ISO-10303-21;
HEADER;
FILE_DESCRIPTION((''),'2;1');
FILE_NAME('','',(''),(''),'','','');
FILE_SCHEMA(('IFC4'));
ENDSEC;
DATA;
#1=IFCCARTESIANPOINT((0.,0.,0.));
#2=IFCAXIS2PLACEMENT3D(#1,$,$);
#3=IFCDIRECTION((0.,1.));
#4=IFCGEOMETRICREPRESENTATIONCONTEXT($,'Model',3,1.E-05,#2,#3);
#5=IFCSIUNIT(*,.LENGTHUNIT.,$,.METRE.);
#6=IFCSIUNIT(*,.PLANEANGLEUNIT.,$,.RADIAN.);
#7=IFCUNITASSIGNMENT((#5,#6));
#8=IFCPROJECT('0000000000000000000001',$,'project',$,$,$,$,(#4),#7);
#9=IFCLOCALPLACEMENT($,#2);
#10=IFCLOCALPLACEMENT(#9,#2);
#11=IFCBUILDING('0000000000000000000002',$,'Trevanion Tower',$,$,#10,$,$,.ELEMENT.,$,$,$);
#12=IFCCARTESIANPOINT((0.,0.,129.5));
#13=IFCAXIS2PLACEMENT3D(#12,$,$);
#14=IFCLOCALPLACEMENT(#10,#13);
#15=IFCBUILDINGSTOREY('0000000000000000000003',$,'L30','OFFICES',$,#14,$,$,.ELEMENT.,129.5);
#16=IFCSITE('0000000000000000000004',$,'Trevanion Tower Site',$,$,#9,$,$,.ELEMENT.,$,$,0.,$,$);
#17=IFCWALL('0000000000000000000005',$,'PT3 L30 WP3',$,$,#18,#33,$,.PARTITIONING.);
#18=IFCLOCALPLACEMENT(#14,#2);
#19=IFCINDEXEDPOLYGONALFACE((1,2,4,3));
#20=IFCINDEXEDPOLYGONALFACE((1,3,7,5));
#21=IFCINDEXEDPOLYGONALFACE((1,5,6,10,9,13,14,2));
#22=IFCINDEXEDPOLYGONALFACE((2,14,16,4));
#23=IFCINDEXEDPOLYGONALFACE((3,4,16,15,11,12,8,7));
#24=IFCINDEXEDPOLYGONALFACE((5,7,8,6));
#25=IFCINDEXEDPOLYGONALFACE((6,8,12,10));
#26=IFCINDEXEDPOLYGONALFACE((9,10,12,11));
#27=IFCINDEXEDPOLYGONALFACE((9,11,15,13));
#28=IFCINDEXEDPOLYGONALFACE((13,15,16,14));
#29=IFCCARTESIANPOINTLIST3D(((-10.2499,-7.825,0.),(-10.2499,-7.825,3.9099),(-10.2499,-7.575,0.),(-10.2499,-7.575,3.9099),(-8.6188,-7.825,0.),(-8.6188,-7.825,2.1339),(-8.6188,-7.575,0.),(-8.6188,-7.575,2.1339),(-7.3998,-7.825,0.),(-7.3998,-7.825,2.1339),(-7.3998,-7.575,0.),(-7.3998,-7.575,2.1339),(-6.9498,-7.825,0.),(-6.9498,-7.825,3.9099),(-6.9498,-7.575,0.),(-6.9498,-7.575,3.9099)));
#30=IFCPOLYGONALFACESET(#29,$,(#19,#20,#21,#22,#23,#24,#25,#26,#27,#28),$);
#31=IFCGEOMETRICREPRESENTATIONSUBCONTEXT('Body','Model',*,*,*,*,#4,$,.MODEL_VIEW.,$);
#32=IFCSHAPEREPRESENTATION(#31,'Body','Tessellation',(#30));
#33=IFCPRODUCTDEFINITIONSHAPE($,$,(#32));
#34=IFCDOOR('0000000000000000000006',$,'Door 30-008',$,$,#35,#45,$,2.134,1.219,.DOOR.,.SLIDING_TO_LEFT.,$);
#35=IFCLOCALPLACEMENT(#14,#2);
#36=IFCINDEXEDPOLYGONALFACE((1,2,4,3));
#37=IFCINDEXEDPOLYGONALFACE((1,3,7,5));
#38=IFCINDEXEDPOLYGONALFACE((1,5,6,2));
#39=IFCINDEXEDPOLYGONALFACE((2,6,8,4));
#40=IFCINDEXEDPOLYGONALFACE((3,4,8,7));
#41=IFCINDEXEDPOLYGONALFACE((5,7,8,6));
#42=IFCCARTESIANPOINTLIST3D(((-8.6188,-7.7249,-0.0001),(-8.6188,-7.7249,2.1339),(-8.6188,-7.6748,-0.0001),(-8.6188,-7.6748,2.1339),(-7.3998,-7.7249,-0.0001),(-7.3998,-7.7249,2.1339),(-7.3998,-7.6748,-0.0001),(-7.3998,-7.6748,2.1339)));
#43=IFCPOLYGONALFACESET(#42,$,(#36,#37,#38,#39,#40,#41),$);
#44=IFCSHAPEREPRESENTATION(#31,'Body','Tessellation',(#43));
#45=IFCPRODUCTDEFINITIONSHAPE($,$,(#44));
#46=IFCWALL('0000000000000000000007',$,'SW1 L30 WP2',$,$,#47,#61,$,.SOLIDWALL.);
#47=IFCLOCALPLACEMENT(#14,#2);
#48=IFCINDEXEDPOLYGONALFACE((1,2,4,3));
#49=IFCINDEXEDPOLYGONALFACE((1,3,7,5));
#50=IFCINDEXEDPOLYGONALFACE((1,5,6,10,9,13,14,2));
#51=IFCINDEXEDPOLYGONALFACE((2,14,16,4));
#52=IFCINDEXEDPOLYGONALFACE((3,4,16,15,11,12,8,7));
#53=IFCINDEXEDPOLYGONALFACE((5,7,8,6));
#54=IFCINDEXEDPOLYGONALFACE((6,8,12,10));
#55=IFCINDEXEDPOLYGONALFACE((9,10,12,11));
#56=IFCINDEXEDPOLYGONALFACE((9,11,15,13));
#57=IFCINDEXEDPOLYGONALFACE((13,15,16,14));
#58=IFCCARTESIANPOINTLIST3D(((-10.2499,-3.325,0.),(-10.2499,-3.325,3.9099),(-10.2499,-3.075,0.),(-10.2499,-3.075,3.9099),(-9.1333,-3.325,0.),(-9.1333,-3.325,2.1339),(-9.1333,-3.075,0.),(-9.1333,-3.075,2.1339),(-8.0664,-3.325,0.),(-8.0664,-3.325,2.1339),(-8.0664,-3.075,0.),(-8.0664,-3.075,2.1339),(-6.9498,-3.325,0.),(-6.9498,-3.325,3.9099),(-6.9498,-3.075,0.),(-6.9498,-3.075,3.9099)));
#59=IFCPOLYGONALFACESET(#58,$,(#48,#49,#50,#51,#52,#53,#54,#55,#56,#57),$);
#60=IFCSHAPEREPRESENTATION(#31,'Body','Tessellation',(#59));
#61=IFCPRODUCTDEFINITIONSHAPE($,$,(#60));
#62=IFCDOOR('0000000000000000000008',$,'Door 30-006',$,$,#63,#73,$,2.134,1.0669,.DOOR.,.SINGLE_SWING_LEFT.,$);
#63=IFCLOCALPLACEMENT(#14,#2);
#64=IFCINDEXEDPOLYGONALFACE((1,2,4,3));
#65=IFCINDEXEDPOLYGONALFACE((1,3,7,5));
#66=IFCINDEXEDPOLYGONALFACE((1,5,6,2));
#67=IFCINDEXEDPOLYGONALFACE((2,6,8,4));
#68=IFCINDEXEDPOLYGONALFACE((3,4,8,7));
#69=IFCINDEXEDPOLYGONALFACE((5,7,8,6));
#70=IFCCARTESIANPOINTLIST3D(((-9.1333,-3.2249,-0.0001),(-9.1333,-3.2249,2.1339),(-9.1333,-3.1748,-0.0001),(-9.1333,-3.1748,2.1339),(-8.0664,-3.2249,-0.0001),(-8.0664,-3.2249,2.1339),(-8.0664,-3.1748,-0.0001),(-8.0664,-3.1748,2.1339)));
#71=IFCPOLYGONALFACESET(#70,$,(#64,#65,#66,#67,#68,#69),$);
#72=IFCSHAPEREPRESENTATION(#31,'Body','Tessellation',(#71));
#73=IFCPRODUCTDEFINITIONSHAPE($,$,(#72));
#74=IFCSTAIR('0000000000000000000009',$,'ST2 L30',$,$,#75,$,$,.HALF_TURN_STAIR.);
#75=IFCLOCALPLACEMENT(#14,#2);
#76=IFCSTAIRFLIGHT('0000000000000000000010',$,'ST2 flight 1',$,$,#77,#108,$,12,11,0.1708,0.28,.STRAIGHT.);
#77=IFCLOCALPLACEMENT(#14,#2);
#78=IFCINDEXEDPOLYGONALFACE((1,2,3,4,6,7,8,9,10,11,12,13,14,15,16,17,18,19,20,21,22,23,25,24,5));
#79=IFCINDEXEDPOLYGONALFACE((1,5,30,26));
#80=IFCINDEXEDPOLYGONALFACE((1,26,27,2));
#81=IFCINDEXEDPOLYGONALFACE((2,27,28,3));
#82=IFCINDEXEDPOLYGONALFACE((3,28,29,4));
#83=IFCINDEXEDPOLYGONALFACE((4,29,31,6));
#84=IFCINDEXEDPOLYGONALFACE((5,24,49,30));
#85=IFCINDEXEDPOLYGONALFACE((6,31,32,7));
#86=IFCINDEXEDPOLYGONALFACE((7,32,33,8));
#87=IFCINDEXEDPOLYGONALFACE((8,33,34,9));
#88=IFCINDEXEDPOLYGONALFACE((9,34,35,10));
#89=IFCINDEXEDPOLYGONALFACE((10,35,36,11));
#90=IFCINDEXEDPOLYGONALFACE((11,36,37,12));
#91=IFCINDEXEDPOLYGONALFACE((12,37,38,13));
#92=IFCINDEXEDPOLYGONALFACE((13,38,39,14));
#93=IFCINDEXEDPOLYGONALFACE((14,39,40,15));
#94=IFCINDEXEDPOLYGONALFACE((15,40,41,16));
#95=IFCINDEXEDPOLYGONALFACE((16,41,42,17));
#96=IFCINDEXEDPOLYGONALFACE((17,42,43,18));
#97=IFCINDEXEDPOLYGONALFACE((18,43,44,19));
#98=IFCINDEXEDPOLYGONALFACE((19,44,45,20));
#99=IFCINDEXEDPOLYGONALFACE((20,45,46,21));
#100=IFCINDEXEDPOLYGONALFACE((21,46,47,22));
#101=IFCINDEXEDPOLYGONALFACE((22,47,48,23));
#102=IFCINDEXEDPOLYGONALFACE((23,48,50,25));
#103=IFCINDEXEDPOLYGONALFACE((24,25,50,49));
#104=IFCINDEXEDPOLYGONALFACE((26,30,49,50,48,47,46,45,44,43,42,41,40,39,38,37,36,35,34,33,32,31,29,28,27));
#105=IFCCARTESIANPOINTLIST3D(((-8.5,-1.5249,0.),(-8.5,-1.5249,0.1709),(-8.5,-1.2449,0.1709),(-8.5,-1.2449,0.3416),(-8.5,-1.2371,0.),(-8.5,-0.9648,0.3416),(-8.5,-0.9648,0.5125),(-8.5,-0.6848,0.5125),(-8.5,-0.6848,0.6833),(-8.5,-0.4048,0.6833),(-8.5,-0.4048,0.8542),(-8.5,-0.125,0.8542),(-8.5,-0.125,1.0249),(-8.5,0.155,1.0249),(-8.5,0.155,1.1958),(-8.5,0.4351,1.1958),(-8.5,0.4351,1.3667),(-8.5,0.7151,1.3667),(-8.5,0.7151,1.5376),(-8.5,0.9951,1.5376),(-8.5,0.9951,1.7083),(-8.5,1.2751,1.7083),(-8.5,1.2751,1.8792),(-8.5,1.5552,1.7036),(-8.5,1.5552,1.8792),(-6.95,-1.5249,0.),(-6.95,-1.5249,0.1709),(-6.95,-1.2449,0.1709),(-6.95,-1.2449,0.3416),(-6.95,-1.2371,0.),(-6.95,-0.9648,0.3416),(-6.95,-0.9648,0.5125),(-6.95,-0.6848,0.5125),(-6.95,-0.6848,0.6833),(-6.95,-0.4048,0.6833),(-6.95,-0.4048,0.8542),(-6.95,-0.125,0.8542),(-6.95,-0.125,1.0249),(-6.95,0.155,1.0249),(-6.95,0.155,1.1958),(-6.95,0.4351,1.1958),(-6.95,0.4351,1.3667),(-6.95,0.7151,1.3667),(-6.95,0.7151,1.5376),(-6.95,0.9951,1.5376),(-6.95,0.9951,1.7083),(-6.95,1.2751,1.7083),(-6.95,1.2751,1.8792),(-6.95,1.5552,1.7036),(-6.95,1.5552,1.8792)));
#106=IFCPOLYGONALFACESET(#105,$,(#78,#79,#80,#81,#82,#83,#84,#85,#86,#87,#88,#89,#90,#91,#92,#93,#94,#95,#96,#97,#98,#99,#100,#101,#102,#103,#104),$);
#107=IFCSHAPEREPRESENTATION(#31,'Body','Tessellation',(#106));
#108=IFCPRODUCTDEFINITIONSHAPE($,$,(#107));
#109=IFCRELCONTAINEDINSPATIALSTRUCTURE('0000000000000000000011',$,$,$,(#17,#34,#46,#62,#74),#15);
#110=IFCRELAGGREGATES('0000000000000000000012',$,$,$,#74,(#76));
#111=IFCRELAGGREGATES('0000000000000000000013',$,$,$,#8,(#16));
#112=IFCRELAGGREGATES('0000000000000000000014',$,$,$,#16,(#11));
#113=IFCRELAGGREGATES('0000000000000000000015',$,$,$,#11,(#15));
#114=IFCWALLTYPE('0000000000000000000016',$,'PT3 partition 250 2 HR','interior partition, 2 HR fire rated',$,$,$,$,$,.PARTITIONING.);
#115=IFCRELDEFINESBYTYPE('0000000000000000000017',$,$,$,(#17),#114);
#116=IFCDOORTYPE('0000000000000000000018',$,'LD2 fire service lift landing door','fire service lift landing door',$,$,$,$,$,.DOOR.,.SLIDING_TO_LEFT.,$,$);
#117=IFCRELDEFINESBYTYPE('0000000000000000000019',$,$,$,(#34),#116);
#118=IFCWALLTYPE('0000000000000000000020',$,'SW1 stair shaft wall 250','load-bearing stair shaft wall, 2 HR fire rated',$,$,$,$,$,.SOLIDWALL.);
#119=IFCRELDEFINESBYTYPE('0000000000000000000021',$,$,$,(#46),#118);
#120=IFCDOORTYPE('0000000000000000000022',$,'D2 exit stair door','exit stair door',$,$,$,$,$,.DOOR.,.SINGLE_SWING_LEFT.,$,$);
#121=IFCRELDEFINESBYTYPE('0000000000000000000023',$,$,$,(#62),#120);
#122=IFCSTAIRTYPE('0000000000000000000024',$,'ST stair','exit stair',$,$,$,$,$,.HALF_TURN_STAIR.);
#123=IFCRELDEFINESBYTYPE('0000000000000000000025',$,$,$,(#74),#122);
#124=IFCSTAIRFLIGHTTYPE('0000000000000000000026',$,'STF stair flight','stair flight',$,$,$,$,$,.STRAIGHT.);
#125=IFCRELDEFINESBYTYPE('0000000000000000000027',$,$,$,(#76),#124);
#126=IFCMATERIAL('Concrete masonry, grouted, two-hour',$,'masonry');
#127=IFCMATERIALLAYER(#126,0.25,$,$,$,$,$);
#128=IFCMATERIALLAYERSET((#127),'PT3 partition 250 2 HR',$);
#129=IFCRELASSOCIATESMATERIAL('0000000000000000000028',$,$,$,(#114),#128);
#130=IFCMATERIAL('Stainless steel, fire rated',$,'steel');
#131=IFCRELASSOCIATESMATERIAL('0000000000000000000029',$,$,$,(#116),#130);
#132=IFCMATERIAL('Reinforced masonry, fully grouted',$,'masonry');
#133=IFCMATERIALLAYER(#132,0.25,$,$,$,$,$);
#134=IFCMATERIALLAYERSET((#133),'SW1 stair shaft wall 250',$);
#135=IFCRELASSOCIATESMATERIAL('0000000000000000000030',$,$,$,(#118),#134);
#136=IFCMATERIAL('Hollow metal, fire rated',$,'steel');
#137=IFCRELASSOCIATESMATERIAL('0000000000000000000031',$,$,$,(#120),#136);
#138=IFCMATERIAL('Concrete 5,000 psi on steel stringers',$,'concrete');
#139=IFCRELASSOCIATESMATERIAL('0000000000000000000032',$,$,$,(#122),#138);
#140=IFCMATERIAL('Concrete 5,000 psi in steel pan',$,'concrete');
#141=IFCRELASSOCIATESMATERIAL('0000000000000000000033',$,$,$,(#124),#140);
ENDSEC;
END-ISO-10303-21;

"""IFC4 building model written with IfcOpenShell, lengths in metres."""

from ifc_helpers import new_model, si_unit, direction, frame, frame_2d, origin, place, context, subcontext, project, spatial, polyline, rectangle, outline, extrude, material, layer, layer_set, type_object, element, fill, aggregate, save


model = new_model("IFC4")

# Units and contexts
model_context = context("Model", 3, precision=1e-05, world=origin(), true_north=direction((0.0, 1.0)))
body_context = subcontext(model_context, "Body", "Model", "MODEL_VIEW")
ifc_project = project(units=[si_unit("LENGTHUNIT", "METRE"), si_unit("PLANEANGLEUNIT", "RADIAN")], contexts=[model_context])

# Site, building, storey
site_placement = place(None, origin())
site = spatial("IfcSite", under=ifc_project, at=site_placement, Name="Trevanion Tower Site", CompositionType="ELEMENT", RefElevation=0.0)
building_placement = place(site_placement, origin())
building = spatial("IfcBuilding", under=site, at=building_placement, Name="Trevanion Tower", CompositionType="ELEMENT")
storey_placement = place(building_placement, frame((0.0, 0.0, 129.5)))
storey = spatial("IfcBuildingStorey", under=building, at=storey_placement, Name="L30", Description="OFFICES", CompositionType="ELEMENT", Elevation=129.5)

# Walls, openings, doors
ifc_material_1 = material(Name="Concrete masonry, grouted, two-hour", Category="masonry")
ifc_layer_1 = layer(ifc_material_1, 0.25)
ifc_layer_set_1 = layer_set([ifc_layer_1], Name="PT3 partition 250 2 HR")
wall_type_1 = type_object("IfcWallType", Name="PT3 partition 250 2 HR", Description="interior partition, 2 HR fire rated", PredefinedType="PARTITIONING", material=ifc_layer_set_1)
wall_1_placement = place(storey_placement, frame((-6.95, -7.7, 0.0), z_axis=(0.0, 0.0, 1.0), x_axis=(-1.0, 0.0, 0.0)))
wall_1 = element("IfcWall", 1, at=wall_1_placement, inside=storey, type_object=wall_type_1, Name="PT3 L30 WP3", PredefinedType="PARTITIONING", context=body_context, shape_type="SweptSolid", body=[
    extrude(rectangle(XDim=3.3, YDim=0.25, at=frame_2d((1.6499, 0.0))), origin(), (0.0, 0.0, 1.0), 3.9099),
])
opening_1_placement = place(wall_1_placement, frame((0.45, 0.0, 0.0)))
opening_1 = element("IfcOpeningElement", 2, at=opening_1_placement, cuts=wall_1, PredefinedType="OPENING", context=body_context, shape_type="SweptSolid", body=[
    extrude(rectangle(XDim=1.219, YDim=2.134, at=frame_2d((0.6094, 1.0669))), frame((0.0, 0.135, 0.0), z_axis=(0.0, -1.0, 0.0), x_axis=(1.0, 0.0, 0.0)), (0.0, 0.0, 1.0), 0.27),
])
ifc_material_2 = material(Name="Stainless steel, fire rated", Category="steel")
door_type_1 = type_object("IfcDoorType", Name="LD2 fire service lift landing door", Description="fire service lift landing door", OperationType="SLIDING_TO_LEFT", PredefinedType="DOOR", material=ifc_material_2)
door_1_placement = place(opening_1_placement, origin())
door_1 = element("IfcDoor", 3, at=door_1_placement, inside=storey, type_object=door_type_1, Name="Door 30-008", OperationType="SLIDING_TO_LEFT", OverallHeight=2.134, OverallWidth=1.219, PredefinedType="DOOR", context=body_context, shape_type="SweptSolid", body=[
    extrude(rectangle(XDim=1.219, YDim=2.134, at=frame_2d((0.6094, 1.0669))), frame((0.0, 0.0249, 0.0), z_axis=(0.0, -1.0, 0.0), x_axis=(1.0, 0.0, 0.0)), (0.0, 0.0, 1.0), 0.05),
])
fill(opening_1, door_1)
ifc_material_3 = material(Name="Reinforced masonry, fully grouted", Category="masonry")
ifc_layer_2 = layer(ifc_material_3, 0.25)
ifc_layer_set_2 = layer_set([ifc_layer_2], Name="SW1 stair shaft wall 250")
wall_type_2 = type_object("IfcWallType", Name="SW1 stair shaft wall 250", Description="load-bearing stair shaft wall, 2 HR fire rated", PredefinedType="SOLIDWALL", material=ifc_layer_set_2)
wall_2_placement = place(storey_placement, frame((-6.95, -3.2, 0.0), z_axis=(0.0, 0.0, 1.0), x_axis=(-1.0, 0.0, 0.0)))
wall_2 = element("IfcWall", 4, at=wall_2_placement, inside=storey, type_object=wall_type_2, Name="SW1 L30 WP2", PredefinedType="SOLIDWALL", context=body_context, shape_type="SweptSolid", body=[
    extrude(rectangle(XDim=3.3, YDim=0.25, at=frame_2d((1.6499, 0.0))), origin(), (0.0, 0.0, 1.0), 3.9099),
])
opening_2_placement = place(wall_2_placement, frame((1.1165, 0.0, 0.0)))
opening_2 = element("IfcOpeningElement", 5, at=opening_2_placement, cuts=wall_2, PredefinedType="OPENING", context=body_context, shape_type="SweptSolid", body=[
    extrude(rectangle(XDim=1.0669, YDim=2.134, at=frame_2d((0.5334, 1.0669))), frame((0.0, 0.135, 0.0), z_axis=(0.0, -1.0, 0.0), x_axis=(1.0, 0.0, 0.0)), (0.0, 0.0, 1.0), 0.27),
])
ifc_material_4 = material(Name="Hollow metal, fire rated", Category="steel")
door_type_2 = type_object("IfcDoorType", Name="D2 exit stair door", Description="exit stair door", OperationType="SINGLE_SWING_LEFT", PredefinedType="DOOR", material=ifc_material_4)
door_2_placement = place(opening_2_placement, origin())
door_2 = element("IfcDoor", 6, at=door_2_placement, inside=storey, type_object=door_type_2, Name="Door 30-006", OperationType="SINGLE_SWING_LEFT", OverallHeight=2.134, OverallWidth=1.0669, PredefinedType="DOOR", context=body_context, shape_type="SweptSolid", body=[
    extrude(rectangle(XDim=1.0669, YDim=2.134, at=frame_2d((0.5334, 1.0669))), frame((0.0, 0.0249, 0.0), z_axis=(0.0, -1.0, 0.0), x_axis=(1.0, 0.0, 0.0)), (0.0, 0.0, 1.0), 0.05),
])
fill(opening_2, door_2)

# Stair, stair flight
ifc_material_5 = material(Name="Concrete 5,000 psi on steel stringers", Category="concrete")
stair_type = type_object("IfcStairType", Name="ST stair", Description="exit stair", PredefinedType="HALF_TURN_STAIR", material=ifc_material_5)
stair_placement = place(storey_placement, origin())
stair = element("IfcStair", 7, at=stair_placement, inside=storey, type_object=stair_type, Name="ST2 L30", PredefinedType="HALF_TURN_STAIR")
ifc_material_6 = material(Name="Concrete 5,000 psi in steel pan", Category="concrete")
stair_flight_type = type_object("IfcStairFlightType", Name="STF stair flight", Description="stair flight", PredefinedType="STRAIGHT", material=ifc_material_6)
stair_flight_placement = place(storey_placement, frame((-7.7251, -1.5249, 0.0), z_axis=(0.0, 0.0, 1.0), x_axis=(0.0, 1.0, 0.0)))
stair_flight = element("IfcStairFlight", 8, at=stair_flight_placement, type_object=stair_flight_type, Name="ST2 flight 1", NumberOfRisers=12, NumberOfTreads=11, PredefinedType="STRAIGHT", RiserHeight=0.1708, TreadLength=0.28, context=body_context, shape_type="SweptSolid", body=[
    extrude(outline(polyline([(0.0, 0.0), (0.0, 0.1709), (0.28, 0.1709), (0.28, 0.3416), (0.5601, 0.3416), (0.5601, 0.5125), (0.8401, 0.5125), (0.8401, 0.6833), (1.1201, 0.6833), (1.1201, 0.8542), (1.3999, 0.8542), (1.3999, 1.0249), (1.6799, 1.0249), (1.6799, 1.1958), (1.96, 1.1958), (1.96, 1.3667), (2.24, 1.3667), (2.24, 1.5376), (2.52, 1.5376), (2.52, 1.7083), (2.8, 1.7083), (2.8, 1.8792), (3.0801, 1.8792), (3.0801, 2.05), (3.0801, 1.7036), (0.2878, 0.0), (0.0, 0.0)])), frame((0.0, 0.7749, 0.0), z_axis=(0.0, -1.0, 0.0), x_axis=(1.0, 0.0, 0.0)), (0.0, 0.0, 1.0), 1.55),
])
aggregate(stair, [stair_flight])

save(model, "model.ifc")
